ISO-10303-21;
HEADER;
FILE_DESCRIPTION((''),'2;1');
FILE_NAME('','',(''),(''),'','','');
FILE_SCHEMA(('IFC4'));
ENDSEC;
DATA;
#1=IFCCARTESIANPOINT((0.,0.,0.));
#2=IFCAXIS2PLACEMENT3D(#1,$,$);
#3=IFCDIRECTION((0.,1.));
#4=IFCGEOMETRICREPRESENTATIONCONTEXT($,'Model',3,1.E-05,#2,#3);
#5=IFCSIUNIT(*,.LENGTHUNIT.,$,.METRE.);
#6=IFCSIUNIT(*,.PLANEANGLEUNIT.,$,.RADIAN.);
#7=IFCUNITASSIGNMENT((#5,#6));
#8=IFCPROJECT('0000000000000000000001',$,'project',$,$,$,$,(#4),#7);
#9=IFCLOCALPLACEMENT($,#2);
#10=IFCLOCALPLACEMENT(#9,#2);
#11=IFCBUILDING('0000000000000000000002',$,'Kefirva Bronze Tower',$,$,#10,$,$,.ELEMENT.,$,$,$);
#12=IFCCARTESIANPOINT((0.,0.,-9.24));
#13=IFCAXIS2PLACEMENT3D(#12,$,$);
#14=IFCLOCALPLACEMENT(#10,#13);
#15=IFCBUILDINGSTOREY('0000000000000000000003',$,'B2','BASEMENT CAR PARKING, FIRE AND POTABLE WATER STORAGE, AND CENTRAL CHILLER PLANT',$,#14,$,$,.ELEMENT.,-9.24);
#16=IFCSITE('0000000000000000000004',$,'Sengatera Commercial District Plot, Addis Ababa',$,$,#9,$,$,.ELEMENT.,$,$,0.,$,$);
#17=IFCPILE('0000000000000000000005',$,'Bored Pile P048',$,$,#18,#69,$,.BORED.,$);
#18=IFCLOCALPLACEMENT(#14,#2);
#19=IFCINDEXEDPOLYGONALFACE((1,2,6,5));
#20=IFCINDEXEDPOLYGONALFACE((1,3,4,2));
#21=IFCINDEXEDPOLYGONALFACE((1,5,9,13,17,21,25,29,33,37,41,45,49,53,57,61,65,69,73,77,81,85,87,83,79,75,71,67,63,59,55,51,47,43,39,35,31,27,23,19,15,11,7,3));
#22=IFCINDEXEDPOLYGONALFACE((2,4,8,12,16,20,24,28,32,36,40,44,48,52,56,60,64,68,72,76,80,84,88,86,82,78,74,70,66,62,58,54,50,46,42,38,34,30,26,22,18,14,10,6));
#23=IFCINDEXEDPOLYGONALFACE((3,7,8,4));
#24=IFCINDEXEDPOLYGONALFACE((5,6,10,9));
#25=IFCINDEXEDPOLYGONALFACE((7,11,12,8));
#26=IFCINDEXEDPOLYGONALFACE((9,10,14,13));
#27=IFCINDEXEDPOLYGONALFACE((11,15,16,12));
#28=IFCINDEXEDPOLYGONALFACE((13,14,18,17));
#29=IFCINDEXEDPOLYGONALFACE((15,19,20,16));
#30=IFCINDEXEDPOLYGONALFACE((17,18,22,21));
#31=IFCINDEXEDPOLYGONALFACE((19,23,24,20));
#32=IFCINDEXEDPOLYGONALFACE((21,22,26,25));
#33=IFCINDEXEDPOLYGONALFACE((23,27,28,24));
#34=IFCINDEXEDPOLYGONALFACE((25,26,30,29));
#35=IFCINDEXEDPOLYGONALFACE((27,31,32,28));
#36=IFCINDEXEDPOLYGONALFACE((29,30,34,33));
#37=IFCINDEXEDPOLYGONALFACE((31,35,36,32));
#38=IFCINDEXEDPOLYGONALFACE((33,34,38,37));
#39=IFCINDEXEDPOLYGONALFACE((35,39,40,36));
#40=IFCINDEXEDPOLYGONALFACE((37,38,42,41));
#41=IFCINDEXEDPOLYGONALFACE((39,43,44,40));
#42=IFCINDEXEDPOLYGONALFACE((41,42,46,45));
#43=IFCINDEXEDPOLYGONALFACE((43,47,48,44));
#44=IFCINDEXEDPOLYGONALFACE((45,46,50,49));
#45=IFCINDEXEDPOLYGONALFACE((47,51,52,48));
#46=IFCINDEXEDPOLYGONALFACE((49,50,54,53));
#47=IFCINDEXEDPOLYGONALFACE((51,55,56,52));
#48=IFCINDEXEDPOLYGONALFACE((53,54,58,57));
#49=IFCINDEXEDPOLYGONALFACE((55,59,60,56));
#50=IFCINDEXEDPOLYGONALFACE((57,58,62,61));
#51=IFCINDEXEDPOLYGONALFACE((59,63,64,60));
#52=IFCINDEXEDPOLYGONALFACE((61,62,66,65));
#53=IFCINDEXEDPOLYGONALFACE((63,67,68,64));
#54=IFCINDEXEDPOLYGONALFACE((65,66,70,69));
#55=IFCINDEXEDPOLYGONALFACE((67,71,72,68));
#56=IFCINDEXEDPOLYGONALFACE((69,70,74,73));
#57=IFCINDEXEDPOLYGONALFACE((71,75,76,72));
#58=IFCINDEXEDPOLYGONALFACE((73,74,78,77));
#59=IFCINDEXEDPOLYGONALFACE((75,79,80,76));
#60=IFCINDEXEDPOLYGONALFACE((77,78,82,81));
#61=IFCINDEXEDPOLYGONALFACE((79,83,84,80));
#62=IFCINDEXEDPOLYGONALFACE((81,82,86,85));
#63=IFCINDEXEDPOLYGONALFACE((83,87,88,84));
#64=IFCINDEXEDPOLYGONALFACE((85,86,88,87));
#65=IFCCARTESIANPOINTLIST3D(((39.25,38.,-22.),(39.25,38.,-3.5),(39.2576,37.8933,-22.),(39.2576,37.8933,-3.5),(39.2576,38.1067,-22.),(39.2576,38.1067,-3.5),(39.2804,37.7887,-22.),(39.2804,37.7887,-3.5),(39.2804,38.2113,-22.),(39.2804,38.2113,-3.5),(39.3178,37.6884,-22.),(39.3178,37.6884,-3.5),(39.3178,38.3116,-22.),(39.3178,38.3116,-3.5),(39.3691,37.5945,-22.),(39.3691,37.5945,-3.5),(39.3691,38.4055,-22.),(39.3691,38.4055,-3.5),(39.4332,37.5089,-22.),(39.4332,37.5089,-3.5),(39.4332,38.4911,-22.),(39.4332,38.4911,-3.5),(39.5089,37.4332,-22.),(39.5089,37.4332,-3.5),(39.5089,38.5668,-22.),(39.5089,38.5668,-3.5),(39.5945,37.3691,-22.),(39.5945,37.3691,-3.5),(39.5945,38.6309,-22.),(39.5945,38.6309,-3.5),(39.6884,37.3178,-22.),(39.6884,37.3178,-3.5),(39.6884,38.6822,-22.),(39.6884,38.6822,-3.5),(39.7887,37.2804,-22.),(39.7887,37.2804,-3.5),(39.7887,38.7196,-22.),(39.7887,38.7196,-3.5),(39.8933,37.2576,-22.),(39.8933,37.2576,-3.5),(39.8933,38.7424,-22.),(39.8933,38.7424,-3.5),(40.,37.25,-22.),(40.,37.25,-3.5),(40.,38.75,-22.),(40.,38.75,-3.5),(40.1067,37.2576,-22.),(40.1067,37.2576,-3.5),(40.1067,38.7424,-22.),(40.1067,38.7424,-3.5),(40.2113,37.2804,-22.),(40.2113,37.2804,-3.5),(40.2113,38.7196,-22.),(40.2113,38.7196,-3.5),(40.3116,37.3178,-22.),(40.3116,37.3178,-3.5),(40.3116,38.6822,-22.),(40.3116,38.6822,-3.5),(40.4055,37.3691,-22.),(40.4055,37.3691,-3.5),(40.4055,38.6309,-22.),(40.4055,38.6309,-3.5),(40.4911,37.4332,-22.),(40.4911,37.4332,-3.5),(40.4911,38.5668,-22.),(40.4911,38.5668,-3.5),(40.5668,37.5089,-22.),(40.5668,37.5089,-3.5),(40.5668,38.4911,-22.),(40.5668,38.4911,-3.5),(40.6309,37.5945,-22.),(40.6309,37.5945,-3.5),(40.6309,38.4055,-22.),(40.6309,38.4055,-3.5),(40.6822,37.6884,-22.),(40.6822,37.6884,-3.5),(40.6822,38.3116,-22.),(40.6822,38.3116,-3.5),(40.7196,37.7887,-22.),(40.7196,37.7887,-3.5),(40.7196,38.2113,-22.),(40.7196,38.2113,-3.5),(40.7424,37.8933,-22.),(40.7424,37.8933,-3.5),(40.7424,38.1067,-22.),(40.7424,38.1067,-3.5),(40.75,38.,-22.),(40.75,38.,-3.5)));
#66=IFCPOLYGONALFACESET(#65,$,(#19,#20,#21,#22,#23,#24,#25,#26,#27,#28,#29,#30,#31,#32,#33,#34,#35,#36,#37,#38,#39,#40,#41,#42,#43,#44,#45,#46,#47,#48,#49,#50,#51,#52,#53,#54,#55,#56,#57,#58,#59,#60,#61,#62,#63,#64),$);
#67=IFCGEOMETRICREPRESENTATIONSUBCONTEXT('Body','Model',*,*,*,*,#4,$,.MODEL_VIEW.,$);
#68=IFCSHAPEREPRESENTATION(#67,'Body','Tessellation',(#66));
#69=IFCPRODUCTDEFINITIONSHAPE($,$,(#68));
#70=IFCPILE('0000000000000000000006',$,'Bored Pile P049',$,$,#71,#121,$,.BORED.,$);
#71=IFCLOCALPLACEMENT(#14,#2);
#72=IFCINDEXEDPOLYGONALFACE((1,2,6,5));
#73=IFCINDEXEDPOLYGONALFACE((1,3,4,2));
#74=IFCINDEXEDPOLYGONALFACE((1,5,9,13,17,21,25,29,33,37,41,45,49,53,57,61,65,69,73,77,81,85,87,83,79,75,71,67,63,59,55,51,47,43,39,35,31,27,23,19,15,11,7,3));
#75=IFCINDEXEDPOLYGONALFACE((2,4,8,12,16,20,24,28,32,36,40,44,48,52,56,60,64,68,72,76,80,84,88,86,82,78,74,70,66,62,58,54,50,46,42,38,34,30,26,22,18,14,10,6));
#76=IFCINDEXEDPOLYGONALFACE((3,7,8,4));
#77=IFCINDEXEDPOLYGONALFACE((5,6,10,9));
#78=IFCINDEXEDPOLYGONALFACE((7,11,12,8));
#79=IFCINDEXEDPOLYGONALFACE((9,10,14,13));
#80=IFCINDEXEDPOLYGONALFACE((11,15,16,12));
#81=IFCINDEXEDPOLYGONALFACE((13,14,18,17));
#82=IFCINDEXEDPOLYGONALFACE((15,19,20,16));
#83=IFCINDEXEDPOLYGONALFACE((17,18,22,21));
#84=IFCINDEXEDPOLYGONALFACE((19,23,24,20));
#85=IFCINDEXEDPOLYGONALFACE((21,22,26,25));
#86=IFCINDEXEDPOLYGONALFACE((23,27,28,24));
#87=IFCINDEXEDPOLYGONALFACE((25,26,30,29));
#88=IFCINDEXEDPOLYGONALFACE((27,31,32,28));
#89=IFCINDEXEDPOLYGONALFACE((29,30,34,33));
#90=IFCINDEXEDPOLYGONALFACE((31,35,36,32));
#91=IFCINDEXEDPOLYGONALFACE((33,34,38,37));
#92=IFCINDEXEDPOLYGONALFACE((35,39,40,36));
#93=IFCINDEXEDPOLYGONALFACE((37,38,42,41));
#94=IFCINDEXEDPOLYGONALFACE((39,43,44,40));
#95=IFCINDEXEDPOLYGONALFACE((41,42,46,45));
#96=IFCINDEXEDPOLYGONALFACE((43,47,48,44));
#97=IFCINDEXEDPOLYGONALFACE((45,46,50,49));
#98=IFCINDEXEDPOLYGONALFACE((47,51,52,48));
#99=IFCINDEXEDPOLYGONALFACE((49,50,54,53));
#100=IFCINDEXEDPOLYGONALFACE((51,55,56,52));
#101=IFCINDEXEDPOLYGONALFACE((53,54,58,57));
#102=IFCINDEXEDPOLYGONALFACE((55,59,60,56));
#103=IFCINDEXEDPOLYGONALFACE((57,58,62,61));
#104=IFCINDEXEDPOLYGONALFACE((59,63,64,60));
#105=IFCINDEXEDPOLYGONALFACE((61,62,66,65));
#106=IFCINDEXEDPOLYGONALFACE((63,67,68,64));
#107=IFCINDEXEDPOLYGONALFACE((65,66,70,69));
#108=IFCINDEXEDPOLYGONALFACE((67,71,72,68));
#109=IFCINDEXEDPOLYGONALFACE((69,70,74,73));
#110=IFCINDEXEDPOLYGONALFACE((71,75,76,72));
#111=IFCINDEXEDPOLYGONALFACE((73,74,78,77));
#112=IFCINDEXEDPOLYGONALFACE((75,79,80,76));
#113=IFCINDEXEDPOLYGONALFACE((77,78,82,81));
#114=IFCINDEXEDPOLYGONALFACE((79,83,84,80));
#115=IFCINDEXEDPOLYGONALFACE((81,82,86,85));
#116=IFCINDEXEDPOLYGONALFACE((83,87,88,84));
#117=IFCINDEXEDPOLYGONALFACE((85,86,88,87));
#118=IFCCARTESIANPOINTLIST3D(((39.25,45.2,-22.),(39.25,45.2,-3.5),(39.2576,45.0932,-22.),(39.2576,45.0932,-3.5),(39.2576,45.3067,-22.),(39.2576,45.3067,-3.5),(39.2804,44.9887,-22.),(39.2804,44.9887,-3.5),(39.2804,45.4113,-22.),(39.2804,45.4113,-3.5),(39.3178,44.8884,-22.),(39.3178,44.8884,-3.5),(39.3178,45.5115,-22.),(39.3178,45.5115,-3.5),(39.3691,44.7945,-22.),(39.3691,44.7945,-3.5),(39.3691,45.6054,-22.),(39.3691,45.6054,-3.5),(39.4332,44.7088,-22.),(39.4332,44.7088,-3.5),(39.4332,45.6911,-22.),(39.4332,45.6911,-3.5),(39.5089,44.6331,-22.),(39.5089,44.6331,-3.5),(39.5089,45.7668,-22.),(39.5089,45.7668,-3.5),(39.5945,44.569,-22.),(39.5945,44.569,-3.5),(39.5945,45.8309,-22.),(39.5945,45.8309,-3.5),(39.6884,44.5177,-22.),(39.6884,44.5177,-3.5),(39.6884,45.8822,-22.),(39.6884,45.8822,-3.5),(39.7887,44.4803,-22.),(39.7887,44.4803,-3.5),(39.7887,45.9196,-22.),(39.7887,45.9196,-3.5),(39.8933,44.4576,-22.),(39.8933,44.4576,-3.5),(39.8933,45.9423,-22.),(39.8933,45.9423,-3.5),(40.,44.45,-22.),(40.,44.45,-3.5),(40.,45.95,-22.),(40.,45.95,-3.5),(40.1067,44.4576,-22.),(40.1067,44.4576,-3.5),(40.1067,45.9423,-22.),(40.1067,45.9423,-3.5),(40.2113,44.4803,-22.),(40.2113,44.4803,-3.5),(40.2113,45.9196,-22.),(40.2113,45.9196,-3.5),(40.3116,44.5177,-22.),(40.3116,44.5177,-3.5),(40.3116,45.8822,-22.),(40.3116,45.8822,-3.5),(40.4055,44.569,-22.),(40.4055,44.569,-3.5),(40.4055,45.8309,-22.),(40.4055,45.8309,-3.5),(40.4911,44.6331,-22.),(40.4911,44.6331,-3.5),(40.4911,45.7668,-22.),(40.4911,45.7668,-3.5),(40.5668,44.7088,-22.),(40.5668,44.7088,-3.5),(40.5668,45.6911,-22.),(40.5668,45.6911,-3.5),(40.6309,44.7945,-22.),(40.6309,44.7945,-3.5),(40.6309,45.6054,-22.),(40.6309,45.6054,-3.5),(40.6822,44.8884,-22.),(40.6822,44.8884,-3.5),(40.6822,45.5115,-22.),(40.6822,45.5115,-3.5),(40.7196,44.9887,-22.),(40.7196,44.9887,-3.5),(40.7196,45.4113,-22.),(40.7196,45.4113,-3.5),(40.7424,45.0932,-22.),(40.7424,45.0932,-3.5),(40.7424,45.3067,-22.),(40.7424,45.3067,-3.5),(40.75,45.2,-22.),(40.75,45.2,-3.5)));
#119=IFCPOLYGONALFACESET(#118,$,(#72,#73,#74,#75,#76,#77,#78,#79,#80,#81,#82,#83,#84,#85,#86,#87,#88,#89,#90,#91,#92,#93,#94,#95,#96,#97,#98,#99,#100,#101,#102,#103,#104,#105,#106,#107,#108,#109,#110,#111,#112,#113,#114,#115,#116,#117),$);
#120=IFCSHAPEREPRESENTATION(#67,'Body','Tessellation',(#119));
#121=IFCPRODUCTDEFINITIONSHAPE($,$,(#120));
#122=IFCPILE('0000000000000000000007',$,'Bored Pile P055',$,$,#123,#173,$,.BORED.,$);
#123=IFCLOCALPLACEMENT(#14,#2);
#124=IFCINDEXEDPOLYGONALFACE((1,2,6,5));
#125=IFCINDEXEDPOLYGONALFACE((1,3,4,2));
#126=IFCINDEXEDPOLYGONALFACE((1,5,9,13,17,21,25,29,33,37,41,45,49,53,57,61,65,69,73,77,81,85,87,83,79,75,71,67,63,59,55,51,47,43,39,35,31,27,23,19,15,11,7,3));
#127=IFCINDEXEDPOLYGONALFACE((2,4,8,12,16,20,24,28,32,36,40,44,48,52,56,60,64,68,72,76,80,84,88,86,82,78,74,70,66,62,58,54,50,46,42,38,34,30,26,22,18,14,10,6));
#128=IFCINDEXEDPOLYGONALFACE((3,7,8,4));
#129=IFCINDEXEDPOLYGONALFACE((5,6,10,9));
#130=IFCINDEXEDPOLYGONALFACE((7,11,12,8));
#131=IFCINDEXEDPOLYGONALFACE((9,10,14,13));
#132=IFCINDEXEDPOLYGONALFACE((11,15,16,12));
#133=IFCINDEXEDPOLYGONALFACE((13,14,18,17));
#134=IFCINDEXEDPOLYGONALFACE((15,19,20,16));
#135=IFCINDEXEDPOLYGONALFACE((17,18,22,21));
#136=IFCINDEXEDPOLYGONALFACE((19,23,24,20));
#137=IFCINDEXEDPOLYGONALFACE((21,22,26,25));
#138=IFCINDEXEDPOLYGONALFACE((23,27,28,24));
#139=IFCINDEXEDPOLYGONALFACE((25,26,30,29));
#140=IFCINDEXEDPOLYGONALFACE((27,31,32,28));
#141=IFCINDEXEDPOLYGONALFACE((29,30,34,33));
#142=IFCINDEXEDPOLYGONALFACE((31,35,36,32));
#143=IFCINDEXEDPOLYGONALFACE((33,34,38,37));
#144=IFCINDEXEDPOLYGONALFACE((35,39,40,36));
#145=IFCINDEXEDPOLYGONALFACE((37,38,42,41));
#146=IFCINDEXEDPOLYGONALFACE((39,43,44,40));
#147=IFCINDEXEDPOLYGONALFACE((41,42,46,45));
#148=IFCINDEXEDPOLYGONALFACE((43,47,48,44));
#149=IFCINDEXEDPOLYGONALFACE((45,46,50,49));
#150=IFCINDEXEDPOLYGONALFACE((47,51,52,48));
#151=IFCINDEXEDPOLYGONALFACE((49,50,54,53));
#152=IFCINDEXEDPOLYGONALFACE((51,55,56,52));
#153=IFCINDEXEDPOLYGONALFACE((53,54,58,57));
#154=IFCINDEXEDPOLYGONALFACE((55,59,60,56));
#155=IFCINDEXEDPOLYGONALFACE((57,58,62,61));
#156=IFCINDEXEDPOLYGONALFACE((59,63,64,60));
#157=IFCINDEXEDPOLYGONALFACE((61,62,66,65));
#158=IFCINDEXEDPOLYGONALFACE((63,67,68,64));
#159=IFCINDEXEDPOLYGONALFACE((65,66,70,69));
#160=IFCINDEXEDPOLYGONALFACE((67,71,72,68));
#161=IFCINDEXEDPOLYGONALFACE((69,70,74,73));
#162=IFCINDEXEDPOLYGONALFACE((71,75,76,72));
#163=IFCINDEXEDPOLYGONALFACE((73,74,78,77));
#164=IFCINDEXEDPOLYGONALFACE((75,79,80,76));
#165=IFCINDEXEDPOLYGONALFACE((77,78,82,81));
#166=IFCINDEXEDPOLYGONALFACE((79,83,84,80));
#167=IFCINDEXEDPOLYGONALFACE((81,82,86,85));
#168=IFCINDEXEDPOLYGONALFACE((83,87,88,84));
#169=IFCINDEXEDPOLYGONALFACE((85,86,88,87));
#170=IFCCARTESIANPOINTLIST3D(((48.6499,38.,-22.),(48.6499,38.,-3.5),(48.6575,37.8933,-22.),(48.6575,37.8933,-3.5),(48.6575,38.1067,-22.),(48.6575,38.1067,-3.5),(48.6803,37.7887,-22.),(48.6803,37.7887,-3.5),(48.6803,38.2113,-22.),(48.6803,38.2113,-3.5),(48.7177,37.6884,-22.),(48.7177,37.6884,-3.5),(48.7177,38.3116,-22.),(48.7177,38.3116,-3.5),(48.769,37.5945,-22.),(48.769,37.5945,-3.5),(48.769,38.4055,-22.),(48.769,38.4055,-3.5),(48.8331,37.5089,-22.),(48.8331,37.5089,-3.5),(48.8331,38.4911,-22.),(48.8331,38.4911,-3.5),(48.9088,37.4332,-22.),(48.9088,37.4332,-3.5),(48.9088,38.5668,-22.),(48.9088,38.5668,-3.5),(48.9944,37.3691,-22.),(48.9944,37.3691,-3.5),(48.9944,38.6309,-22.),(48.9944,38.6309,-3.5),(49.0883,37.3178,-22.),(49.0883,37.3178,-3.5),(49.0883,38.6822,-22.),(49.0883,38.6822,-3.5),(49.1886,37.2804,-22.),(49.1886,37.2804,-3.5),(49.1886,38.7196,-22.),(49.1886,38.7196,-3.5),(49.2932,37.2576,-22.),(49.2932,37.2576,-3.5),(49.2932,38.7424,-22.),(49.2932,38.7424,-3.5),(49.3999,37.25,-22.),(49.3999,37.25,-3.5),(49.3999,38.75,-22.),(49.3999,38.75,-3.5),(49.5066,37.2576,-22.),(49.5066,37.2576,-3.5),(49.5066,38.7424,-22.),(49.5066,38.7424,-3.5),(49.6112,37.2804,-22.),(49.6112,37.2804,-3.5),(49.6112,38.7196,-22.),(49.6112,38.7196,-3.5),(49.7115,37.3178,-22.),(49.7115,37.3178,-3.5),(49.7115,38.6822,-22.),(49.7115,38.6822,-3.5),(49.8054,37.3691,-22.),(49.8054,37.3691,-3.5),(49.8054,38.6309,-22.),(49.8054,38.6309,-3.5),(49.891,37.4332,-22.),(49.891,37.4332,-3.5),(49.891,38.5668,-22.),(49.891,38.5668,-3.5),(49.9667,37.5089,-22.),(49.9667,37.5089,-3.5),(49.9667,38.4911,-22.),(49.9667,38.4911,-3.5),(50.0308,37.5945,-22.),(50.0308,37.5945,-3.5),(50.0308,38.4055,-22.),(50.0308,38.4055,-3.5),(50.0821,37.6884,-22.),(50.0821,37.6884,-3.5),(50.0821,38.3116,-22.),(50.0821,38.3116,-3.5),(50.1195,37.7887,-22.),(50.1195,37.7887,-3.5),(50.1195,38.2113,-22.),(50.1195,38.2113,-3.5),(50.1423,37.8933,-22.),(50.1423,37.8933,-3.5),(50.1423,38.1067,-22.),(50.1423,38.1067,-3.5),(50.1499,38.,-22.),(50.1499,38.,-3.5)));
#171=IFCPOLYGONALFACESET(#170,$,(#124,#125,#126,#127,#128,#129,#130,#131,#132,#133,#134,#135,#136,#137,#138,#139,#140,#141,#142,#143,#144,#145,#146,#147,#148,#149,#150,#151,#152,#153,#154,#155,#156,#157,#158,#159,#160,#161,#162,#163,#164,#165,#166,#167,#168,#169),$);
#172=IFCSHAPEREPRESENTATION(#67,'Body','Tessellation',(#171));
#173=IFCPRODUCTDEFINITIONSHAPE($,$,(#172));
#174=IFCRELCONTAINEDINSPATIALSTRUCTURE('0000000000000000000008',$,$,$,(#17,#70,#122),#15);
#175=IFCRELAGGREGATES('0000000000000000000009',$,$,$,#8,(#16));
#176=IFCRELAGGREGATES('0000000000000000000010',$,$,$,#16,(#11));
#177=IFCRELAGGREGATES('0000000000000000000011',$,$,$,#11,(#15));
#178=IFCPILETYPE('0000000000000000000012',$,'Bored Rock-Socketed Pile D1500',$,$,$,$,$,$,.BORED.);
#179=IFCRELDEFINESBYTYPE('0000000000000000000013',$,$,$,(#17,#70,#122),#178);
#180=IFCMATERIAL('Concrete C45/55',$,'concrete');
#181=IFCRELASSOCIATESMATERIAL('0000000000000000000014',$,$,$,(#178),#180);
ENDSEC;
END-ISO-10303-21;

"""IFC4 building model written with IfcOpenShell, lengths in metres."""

from ifc_helpers import new_model, si_unit, direction, frame, origin, origin_2d, place, context, subcontext, project, spatial, circle, extrude, material, material_profile, profile_set, type_object, element, save


model = new_model("IFC4")

# Units and contexts
model_context = context("Model", 3, precision=1e-05, world=origin(), true_north=direction((0.0, 1.0)))
body_context = subcontext(model_context, "Body", "Model", "MODEL_VIEW")
ifc_project = project(units=[si_unit("LENGTHUNIT", "METRE"), si_unit("PLANEANGLEUNIT", "RADIAN")], contexts=[model_context])

# Site, building, storey
site_placement = place(None, origin())
site = spatial("IfcSite", under=ifc_project, at=site_placement, Name="Sengatera Commercial District Plot, Addis Ababa", CompositionType="ELEMENT", RefElevation=0.0)
building_placement = place(site_placement, origin())
building = spatial("IfcBuilding", under=site, at=building_placement, Name="Kefirva Bronze Tower", CompositionType="ELEMENT")
storey_placement = place(building_placement, frame((0.0, 0.0, -9.24)))
storey = spatial("IfcBuildingStorey", under=building, at=storey_placement, Name="B2", Description="BASEMENT CAR PARKING, FIRE AND POTABLE WATER STORAGE, AND CENTRAL CHILLER PLANT", CompositionType="ELEMENT", Elevation=-9.24)

# Piles
ifc_material_1 = material(Name="Concrete C45/55", Category="concrete")
ifc_material_profile_1 = material_profile(ifc_material_1, circle(Radius=0.75, at=origin_2d()), Name="BORED PILE D1500")
ifc_profile_set_1 = profile_set([ifc_material_profile_1], Name="Concrete C45/55")
pile_type = type_object("IfcPileType", Name="Bored Rock-Socketed Pile D1500", PredefinedType="BORED", material=ifc_profile_set_1)
for number, where, z_axis, x_axis, name in (
    (1, (40.0, 38.0, -3.5), (0.0, 0.0, -1.0), (1.0, 0.0, 0.0), "Bored Pile P048"),
    (2, (40.0, 45.2, -3.5), (0.0, 0.0, -1.0), (1.0, 0.0, 0.0), "Bored Pile P049"),
    (3, (49.3999, 38.0, -3.5), (0.0, 0.0, -1.0), (1.0, 0.0, 0.0), "Bored Pile P055"),
):
    element("IfcPile", number, at=place(storey_placement, frame(where, z_axis=z_axis, x_axis=x_axis)), inside=storey, type_object=pile_type, Name=name, PredefinedType="BORED", context=body_context, shape_type="SweptSolid", body=[
        extrude(circle(Radius=0.75, at=origin_2d()), origin(), (0.0, 0.0, 1.0), 18.5),
    ])

save(model, "model.ifc")
